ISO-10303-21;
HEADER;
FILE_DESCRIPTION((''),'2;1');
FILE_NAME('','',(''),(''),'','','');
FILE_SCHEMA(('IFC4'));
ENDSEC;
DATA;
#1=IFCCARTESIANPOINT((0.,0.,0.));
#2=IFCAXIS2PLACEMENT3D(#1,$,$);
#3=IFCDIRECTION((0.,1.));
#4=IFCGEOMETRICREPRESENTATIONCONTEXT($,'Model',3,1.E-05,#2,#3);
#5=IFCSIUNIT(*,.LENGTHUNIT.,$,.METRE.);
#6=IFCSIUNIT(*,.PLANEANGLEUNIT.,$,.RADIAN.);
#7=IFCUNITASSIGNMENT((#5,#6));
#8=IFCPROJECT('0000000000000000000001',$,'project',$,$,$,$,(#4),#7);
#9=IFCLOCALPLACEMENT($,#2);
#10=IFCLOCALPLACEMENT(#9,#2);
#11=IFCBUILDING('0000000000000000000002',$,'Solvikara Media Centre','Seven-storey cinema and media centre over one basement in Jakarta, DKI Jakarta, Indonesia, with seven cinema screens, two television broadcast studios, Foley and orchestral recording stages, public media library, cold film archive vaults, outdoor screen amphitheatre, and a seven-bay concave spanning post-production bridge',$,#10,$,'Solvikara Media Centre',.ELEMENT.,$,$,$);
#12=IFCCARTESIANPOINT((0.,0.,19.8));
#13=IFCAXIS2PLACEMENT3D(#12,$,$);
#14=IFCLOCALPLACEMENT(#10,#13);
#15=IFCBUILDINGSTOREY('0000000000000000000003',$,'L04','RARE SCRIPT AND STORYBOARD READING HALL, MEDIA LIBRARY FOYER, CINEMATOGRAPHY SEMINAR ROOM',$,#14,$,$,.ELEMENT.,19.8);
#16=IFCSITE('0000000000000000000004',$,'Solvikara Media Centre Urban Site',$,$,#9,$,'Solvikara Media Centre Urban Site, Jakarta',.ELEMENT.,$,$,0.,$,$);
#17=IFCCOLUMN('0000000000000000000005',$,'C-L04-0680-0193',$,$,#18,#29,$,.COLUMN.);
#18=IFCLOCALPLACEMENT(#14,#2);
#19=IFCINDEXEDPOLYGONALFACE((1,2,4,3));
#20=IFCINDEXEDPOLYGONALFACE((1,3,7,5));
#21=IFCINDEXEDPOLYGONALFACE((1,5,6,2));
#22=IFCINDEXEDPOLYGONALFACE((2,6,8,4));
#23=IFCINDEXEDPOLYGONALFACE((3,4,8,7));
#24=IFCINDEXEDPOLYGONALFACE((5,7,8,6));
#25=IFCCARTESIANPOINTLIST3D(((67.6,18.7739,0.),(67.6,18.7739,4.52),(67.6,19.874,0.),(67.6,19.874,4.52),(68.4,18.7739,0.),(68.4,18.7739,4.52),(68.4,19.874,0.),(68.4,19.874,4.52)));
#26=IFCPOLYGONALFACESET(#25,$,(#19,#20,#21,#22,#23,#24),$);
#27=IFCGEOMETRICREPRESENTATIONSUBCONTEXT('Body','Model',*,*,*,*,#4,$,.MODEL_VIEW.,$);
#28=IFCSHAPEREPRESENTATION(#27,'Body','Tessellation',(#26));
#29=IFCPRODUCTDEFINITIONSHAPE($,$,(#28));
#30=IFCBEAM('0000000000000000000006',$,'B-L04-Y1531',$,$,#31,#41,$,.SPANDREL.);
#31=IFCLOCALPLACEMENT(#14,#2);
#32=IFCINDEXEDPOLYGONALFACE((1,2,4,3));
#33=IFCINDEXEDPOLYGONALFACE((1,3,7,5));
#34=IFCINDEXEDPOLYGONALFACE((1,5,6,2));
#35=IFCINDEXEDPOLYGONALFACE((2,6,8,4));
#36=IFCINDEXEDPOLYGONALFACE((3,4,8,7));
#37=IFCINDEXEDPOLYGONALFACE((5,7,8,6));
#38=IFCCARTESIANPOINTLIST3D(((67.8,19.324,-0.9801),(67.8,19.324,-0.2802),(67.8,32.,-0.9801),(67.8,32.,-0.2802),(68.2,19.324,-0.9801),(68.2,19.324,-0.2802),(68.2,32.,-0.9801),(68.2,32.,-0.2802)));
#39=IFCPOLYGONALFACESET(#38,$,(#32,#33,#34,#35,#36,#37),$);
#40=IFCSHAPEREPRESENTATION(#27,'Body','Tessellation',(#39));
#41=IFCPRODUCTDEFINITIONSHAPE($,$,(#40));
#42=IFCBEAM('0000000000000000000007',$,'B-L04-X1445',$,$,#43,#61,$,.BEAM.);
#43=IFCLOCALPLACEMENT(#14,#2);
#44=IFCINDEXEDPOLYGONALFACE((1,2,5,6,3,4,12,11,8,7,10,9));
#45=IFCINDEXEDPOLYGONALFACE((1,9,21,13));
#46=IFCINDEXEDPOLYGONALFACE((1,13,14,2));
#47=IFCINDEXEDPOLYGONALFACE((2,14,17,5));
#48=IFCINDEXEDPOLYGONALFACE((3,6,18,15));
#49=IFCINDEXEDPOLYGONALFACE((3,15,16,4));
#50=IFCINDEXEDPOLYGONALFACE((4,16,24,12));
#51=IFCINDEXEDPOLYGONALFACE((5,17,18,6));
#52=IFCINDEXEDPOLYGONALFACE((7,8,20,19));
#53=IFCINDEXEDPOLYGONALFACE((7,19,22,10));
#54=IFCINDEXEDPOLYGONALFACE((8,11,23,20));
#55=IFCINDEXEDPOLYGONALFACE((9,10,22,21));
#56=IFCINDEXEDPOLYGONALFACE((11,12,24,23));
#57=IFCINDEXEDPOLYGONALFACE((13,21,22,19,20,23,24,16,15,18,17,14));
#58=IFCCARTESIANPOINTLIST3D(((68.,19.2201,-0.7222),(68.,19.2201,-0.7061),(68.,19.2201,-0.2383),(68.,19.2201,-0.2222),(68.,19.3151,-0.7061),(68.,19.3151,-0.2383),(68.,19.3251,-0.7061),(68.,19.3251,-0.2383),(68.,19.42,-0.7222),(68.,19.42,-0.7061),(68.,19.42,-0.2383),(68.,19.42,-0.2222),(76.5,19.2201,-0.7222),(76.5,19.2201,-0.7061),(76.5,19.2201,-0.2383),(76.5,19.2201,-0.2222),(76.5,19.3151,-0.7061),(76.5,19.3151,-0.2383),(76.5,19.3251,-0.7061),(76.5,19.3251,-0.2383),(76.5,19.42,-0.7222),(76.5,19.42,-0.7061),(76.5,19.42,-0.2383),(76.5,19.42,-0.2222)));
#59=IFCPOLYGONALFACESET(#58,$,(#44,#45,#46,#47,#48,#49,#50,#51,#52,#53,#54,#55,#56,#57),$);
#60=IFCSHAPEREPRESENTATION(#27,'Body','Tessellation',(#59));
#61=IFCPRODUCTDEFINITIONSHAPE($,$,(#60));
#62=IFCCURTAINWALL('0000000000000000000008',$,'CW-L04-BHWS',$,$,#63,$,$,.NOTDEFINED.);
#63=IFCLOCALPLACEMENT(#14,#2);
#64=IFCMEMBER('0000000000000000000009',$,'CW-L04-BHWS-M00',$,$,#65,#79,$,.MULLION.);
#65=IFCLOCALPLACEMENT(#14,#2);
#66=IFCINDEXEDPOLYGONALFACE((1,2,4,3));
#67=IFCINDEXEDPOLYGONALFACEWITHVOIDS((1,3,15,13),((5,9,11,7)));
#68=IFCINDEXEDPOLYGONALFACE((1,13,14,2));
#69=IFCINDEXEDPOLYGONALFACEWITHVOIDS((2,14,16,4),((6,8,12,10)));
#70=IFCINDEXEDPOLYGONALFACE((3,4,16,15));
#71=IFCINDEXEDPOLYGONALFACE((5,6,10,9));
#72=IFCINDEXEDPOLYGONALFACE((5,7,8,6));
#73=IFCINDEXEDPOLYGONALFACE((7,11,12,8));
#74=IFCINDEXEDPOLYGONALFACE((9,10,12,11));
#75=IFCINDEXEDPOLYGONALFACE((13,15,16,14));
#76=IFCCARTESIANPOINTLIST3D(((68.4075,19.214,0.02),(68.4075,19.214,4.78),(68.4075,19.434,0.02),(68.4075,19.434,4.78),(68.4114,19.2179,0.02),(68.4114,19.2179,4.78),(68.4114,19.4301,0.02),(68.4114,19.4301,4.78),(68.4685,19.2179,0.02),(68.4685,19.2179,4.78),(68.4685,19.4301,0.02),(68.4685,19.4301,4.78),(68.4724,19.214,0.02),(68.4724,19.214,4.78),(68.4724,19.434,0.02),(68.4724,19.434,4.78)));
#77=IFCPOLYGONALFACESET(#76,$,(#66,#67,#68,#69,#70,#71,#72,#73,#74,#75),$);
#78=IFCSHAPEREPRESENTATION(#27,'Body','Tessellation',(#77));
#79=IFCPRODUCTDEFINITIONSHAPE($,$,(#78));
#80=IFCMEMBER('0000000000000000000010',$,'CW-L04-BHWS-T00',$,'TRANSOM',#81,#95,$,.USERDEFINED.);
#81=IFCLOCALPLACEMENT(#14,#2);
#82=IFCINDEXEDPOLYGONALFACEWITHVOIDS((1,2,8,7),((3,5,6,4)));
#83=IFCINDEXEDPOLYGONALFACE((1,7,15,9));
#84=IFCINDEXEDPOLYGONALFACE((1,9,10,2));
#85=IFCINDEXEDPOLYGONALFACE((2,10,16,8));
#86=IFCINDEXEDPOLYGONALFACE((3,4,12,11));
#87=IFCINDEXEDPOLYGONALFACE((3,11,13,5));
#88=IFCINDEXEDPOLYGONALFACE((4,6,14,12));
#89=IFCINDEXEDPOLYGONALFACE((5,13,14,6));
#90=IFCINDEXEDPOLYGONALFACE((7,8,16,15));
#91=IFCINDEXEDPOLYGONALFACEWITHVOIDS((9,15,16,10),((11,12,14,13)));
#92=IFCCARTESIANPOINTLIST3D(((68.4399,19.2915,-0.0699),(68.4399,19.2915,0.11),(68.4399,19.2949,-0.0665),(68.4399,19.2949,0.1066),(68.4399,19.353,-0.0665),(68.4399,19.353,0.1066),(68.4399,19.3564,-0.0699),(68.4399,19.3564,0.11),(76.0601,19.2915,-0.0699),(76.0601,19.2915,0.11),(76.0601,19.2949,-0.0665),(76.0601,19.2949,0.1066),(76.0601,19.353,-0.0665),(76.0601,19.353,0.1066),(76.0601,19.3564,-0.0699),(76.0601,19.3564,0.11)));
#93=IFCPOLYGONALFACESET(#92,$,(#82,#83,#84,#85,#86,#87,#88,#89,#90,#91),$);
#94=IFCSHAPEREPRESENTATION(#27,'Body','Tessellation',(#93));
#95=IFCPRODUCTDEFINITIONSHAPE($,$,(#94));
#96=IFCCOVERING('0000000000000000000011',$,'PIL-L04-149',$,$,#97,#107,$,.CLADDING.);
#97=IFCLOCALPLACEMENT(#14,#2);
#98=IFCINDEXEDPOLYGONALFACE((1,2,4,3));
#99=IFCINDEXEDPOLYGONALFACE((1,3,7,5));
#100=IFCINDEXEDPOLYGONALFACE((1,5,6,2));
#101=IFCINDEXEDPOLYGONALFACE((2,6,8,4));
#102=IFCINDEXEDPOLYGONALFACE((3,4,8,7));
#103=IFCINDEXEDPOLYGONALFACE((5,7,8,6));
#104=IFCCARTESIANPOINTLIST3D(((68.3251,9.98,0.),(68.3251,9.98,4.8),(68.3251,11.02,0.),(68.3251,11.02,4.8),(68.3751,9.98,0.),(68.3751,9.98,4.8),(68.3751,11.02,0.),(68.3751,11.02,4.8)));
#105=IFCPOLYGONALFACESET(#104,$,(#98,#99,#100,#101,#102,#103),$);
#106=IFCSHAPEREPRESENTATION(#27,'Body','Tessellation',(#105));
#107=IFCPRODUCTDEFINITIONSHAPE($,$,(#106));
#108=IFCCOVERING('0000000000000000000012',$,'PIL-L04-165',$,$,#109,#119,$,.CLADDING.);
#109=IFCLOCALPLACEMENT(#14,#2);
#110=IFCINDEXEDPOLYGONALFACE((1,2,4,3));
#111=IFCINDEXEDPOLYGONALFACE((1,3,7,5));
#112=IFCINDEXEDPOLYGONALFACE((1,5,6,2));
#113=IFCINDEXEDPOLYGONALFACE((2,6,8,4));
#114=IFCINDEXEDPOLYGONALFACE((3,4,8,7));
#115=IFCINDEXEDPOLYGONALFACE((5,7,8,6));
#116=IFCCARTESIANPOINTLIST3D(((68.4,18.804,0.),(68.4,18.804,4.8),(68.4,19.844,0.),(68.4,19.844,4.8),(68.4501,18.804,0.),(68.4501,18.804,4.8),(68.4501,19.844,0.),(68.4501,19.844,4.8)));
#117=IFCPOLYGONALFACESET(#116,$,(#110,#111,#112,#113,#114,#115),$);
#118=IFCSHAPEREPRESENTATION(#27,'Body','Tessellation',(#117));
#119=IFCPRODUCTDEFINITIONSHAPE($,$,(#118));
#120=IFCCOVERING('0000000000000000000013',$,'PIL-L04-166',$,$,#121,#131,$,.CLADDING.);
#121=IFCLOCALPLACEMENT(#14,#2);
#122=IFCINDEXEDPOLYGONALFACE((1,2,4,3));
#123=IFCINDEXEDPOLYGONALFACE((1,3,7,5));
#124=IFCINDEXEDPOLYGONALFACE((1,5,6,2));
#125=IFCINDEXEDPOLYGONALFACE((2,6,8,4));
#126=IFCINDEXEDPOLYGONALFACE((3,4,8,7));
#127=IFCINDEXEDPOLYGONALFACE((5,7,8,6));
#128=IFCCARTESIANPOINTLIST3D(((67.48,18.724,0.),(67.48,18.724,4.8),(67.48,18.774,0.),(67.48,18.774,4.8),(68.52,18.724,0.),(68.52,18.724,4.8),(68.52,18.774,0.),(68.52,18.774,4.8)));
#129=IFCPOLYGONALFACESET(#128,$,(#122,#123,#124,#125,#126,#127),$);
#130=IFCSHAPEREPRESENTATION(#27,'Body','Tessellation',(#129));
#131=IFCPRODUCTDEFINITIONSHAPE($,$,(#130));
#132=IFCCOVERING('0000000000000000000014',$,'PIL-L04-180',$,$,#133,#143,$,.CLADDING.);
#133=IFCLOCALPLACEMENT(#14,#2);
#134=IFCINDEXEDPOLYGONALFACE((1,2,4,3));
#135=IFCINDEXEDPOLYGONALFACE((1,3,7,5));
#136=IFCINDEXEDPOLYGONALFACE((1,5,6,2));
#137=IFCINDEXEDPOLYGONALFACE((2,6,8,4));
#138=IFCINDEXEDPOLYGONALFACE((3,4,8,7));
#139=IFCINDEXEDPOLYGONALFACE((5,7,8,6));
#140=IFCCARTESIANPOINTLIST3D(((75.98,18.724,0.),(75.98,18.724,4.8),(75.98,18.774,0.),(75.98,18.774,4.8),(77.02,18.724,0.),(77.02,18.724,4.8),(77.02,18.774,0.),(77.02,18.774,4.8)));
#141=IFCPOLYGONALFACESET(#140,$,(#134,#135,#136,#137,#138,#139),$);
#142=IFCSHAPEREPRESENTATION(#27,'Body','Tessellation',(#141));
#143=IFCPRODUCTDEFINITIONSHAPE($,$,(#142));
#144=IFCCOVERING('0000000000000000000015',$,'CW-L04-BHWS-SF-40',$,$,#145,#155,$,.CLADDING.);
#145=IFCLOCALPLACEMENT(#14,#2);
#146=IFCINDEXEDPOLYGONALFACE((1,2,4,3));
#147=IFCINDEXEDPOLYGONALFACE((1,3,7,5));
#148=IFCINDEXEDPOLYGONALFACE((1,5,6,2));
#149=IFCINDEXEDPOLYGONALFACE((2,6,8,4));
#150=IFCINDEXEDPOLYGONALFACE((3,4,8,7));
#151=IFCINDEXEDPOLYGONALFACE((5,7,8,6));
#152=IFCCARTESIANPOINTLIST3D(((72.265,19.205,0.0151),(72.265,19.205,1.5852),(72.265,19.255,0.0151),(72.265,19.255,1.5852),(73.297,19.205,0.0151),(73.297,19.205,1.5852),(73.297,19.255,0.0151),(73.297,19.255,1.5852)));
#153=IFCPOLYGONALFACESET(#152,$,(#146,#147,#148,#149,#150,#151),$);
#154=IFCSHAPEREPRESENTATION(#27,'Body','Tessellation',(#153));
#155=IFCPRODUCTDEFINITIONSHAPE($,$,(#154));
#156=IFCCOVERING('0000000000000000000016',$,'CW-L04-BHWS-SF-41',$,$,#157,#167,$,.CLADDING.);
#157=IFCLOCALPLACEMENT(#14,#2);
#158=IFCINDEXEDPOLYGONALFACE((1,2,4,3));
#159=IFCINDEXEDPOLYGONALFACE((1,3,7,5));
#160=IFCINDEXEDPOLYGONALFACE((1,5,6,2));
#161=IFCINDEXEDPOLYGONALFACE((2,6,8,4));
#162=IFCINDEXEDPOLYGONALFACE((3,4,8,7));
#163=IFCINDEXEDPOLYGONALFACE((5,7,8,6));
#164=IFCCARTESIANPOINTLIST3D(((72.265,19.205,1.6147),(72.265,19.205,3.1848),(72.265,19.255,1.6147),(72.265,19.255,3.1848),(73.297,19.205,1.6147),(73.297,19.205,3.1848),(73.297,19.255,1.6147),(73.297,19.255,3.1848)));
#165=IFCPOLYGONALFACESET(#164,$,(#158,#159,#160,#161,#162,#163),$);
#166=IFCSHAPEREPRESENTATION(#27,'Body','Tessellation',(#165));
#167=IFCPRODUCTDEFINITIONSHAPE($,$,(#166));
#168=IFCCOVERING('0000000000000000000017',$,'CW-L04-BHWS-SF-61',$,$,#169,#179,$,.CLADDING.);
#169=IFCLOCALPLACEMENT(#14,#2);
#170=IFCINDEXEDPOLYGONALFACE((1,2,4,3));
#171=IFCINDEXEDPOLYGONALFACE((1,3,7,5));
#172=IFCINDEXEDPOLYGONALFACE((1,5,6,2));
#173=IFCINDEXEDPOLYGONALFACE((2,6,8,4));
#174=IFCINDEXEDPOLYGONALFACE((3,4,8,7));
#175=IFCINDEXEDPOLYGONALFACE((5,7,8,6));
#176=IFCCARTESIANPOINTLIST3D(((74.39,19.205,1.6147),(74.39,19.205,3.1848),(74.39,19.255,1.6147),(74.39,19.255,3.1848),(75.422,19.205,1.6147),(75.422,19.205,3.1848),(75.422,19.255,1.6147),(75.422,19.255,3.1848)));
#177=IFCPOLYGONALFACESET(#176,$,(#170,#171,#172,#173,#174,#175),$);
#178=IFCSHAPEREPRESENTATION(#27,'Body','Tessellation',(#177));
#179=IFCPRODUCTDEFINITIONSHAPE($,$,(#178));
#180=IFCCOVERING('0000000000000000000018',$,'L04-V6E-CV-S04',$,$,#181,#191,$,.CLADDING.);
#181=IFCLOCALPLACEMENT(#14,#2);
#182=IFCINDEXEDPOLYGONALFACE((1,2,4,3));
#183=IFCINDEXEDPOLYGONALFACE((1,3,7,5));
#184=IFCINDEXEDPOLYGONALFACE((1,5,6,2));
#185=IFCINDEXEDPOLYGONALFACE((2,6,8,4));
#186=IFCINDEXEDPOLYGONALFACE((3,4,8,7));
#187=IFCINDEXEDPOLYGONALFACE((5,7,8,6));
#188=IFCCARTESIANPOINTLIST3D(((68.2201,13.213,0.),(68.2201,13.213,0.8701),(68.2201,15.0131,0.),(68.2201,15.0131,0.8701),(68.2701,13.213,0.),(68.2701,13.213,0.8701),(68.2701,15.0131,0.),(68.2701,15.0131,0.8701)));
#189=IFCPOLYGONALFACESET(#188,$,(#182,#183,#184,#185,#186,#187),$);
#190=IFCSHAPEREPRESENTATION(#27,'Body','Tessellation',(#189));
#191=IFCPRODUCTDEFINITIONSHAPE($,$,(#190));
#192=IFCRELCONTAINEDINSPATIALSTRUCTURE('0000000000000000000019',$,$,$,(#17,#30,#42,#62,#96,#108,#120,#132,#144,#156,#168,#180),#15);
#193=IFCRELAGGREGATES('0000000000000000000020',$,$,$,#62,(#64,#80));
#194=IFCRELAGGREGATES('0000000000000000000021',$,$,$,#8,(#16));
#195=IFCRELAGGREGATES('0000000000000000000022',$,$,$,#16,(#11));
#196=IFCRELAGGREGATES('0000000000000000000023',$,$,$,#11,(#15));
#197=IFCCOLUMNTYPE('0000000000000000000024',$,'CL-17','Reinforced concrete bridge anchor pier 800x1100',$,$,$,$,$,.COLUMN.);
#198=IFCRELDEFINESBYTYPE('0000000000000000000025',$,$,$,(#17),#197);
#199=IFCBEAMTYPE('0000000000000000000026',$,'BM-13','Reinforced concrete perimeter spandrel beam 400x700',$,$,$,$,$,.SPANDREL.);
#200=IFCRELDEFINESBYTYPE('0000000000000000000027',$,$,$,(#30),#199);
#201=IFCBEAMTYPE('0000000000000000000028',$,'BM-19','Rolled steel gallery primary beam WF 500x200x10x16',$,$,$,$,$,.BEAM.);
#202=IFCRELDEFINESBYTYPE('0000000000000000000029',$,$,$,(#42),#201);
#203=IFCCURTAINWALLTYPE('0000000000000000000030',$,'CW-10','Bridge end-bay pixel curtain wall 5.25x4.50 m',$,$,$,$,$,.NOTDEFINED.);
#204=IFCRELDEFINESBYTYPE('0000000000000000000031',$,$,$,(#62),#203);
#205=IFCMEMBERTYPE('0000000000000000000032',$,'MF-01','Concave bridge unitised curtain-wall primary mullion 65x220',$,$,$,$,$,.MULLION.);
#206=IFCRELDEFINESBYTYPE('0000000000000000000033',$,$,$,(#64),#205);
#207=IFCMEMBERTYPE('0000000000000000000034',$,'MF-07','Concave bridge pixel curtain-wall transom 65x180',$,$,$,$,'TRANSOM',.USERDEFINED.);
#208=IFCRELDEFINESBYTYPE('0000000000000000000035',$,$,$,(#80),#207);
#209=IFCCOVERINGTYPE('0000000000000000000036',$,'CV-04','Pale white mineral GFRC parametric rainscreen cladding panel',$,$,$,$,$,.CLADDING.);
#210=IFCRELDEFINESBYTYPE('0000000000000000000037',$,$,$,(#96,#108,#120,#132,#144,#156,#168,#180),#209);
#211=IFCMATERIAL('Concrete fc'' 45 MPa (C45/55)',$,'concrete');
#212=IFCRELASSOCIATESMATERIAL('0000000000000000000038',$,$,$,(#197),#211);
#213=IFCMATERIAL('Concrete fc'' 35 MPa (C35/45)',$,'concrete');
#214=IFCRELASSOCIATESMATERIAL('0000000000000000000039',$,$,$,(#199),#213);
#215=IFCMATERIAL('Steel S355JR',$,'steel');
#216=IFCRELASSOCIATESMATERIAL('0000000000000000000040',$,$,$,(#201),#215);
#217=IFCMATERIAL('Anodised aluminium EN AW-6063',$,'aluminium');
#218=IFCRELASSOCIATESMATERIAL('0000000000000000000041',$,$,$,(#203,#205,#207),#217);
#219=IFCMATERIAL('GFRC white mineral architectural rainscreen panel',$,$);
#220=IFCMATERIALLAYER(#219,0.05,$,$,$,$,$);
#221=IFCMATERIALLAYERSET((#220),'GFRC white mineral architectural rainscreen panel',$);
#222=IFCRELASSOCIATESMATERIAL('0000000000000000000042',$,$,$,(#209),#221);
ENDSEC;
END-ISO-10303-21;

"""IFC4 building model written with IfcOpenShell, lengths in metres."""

from ifc_helpers import new_model, si_unit, direction, frame, origin, origin_2d, place, context, subcontext, project, spatial, rectangle, hollow_rectangle, i_section, extrude, material, layer, layer_set, material_profile, profile_set, type_object, element, aggregate, save


model = new_model("IFC4")

# Units and contexts
model_context = context("Model", 3, precision=1e-05, world=origin(), true_north=direction((0.0, 1.0)))
body_context = subcontext(model_context, "Body", "Model", "MODEL_VIEW")
ifc_project = project(units=[si_unit("LENGTHUNIT", "METRE"), si_unit("PLANEANGLEUNIT", "RADIAN")], contexts=[model_context])

# Site, building, storey
site_placement = place(None, origin())
site = spatial("IfcSite", under=ifc_project, at=site_placement, Name="Solvikara Media Centre Urban Site", LongName="Solvikara Media Centre Urban Site, Jakarta", CompositionType="ELEMENT", RefElevation=0.0)
building_placement = place(site_placement, origin())
building = spatial("IfcBuilding", under=site, at=building_placement, Name="Solvikara Media Centre", Description="Seven-storey cinema and media centre over one basement in Jakarta, DKI Jakarta, Indonesia, with seven cinema screens, two television broadcast studios, Foley and orchestral recording stages, public media library, cold film archive vaults, outdoor screen amphitheatre, and a seven-bay concave spanning post-production bridge", LongName="Solvikara Media Centre", CompositionType="ELEMENT")
storey_placement = place(building_placement, frame((0.0, 0.0, 19.8)))
storey = spatial("IfcBuildingStorey", under=building, at=storey_placement, Name="L04", Description="RARE SCRIPT AND STORYBOARD READING HALL, MEDIA LIBRARY FOYER, CINEMATOGRAPHY SEMINAR ROOM", CompositionType="ELEMENT", Elevation=19.8)

# Column
ifc_material_1 = material(Name="Concrete fc' 45 MPa (C45/55)", Category="concrete")
ifc_material_profile_1 = material_profile(ifc_material_1, rectangle(XDim=0.8, YDim=1.1001, at=origin_2d()), Name="RC 800x1100")
ifc_profile_set_1 = profile_set([ifc_material_profile_1], Name="Concrete fc' 45 MPa (C45/55)")
column_type = type_object("IfcColumnType", Name="CL-17", Description="Reinforced concrete bridge anchor pier 800x1100", PredefinedType="COLUMN", material=ifc_profile_set_1)
column_placement = place(storey_placement, frame((68.0, 19.324, 0.0), z_axis=(0.0, 0.0, 1.0), x_axis=(1.0, 0.0, 0.0)))
element("IfcColumn", 1, at=column_placement, inside=storey, type_object=column_type, Name="C-L04-0680-0193", PredefinedType="COLUMN", context=body_context, shape_type="SweptSolid", body=[
    extrude(rectangle(XDim=0.8, YDim=1.1001, at=origin_2d()), origin(), (0.0, 0.0, 1.0), 4.52),
])

# Beams
ifc_material_2 = material(Name="Concrete fc' 35 MPa (C35/45)", Category="concrete")
ifc_material_profile_2 = material_profile(ifc_material_2, rectangle(XDim=0.3999, YDim=0.7, at=origin_2d()), Name="RC 400x700")
ifc_profile_set_2 = profile_set([ifc_material_profile_2], Name="Concrete fc' 35 MPa (C35/45)")
beam_type_1 = type_object("IfcBeamType", Name="BM-13", Description="Reinforced concrete perimeter spandrel beam 400x700", PredefinedType="SPANDREL", material=ifc_profile_set_2)
beam_1_placement = place(storey_placement, frame((68.0, 19.324, -0.6301), z_axis=(0.0, 1.0, 0.0), x_axis=(-1.0, 0.0, 0.0)))
element("IfcBeam", 2, at=beam_1_placement, inside=storey, type_object=beam_type_1, Name="B-L04-Y1531", PredefinedType="SPANDREL", context=body_context, shape_type="SweptSolid", body=[
    extrude(rectangle(XDim=0.3999, YDim=0.7, at=origin_2d()), origin(), (0.0, 0.0, 1.0), 12.676),
])
ifc_material_3 = material(Name="Steel S355JR", Category="steel")
ifc_material_profile_3 = material_profile(ifc_material_3, i_section(OverallWidth=0.2, OverallDepth=0.5, WebThickness=0.01, FlangeThickness=0.0161, at=origin_2d()), Name="WF 500x200x10x16")
ifc_profile_set_3 = profile_set([ifc_material_profile_3], Name="Steel S355JR")
beam_type_2 = type_object("IfcBeamType", Name="BM-19", Description="Rolled steel gallery primary beam WF 500x200x10x16", PredefinedType="BEAM", material=ifc_profile_set_3)
beam_2_placement = place(storey_placement, frame((68.0, 19.3201, -0.4722), z_axis=(1.0, 0.0, 0.0), x_axis=(0.0, 1.0, 0.0)))
element("IfcBeam", 3, at=beam_2_placement, inside=storey, type_object=beam_type_2, Name="B-L04-X1445", PredefinedType="BEAM", context=body_context, shape_type="SweptSolid", body=[
    extrude(i_section(OverallWidth=0.2, OverallDepth=0.5, WebThickness=0.01, FlangeThickness=0.0161, at=origin_2d()), origin(), (0.0, 0.0, 1.0), 8.5),
])

# Curtain wall, members
ifc_material_4 = material(Name="Anodised aluminium EN AW-6063", Category="aluminium")
curtain_wall_type = type_object("IfcCurtainWallType", Name="CW-10", Description="Bridge end-bay pixel curtain wall 5.25x4.50 m", PredefinedType="NOTDEFINED", material=ifc_material_4)
curtain_wall_placement = place(storey_placement, origin())
curtain_wall = element("IfcCurtainWall", 4, at=curtain_wall_placement, inside=storey, type_object=curtain_wall_type, Name="CW-L04-BHWS", PredefinedType="NOTDEFINED")
ifc_material_profile_4 = material_profile(ifc_material_4, hollow_rectangle(XDim=0.0649, YDim=0.22, WallThickness=0.0039, at=origin_2d()), Name="ALU-M 65x220x4")
ifc_profile_set_4 = profile_set([ifc_material_profile_4], Name="Anodised aluminium EN AW-6063")
member_type_1 = type_object("IfcMemberType", Name="MF-01", Description="Concave bridge unitised curtain-wall primary mullion 65x220", PredefinedType="MULLION", material=ifc_profile_set_4)
member_1_placement = place(storey_placement, frame((68.4399, 19.324, 0.02), z_axis=(0.0, 0.0, 1.0), x_axis=(1.0, 0.0, 0.0)))
member_1 = element("IfcMember", 5, at=member_1_placement, type_object=member_type_1, Name="CW-L04-BHWS-M00", PredefinedType="MULLION", context=body_context, shape_type="SweptSolid", body=[
    extrude(hollow_rectangle(XDim=0.0649, YDim=0.22, WallThickness=0.0039, at=origin_2d()), origin(), (0.0, 0.0, 1.0), 4.76),
])
ifc_material_profile_5 = material_profile(ifc_material_4, hollow_rectangle(XDim=0.0649, YDim=0.1799, WallThickness=0.0034, at=origin_2d()), Name="ALU-T 65x180x3.5")
ifc_profile_set_5 = profile_set([ifc_material_profile_5], Name="Anodised aluminium EN AW-6063")
member_type_2 = type_object("IfcMemberType", Name="MF-07", Description="Concave bridge pixel curtain-wall transom 65x180", ElementType="TRANSOM", PredefinedType="USERDEFINED", material=ifc_profile_set_5)
member_2_placement = place(storey_placement, frame((68.4399, 19.324, 0.02), z_axis=(1.0, 0.0, 0.0), x_axis=(0.0, 1.0, 0.0)))
member_2 = element("IfcMember", 6, at=member_2_placement, type_object=member_type_2, Name="CW-L04-BHWS-T00", ObjectType="TRANSOM", PredefinedType="USERDEFINED", context=body_context, shape_type="SweptSolid", body=[
    extrude(hollow_rectangle(XDim=0.0649, YDim=0.1799, WallThickness=0.0034, at=origin_2d()), origin(), (0.0, 0.0, 1.0), 7.6201),
])
aggregate(curtain_wall, [member_1, member_2])

# Coverings
ifc_material_5 = material(Name="GFRC white mineral architectural rainscreen panel")
ifc_layer_1 = layer(ifc_material_5, 0.05)
ifc_layer_set_1 = layer_set([ifc_layer_1], Name="GFRC white mineral architectural rainscreen panel")
covering_type_1 = type_object("IfcCoveringType", Name="CV-04", Description="Pale white mineral GFRC parametric rainscreen cladding panel", PredefinedType="CLADDING", material=ifc_layer_set_1)
for number, where, z_axis, x_axis, name in (
    (7, (68.3501, 10.5, 0.0), (0.0, 0.0, 1.0), (0.0, 1.0, 0.0), "PIL-L04-149"),
    (8, (68.425, 19.324, 0.0), (0.0, 0.0, 1.0), (0.0, 1.0, 0.0), "PIL-L04-165"),
    (9, (68.0, 18.749, 0.0), (0.0, 0.0, 1.0), (1.0, 0.0, 0.0), "PIL-L04-166"),
    (10, (76.5, 18.749, 0.0), (0.0, 0.0, 1.0), (1.0, 0.0, 0.0), "PIL-L04-180"),
):
    element("IfcCovering", number, at=place(storey_placement, frame(where, z_axis=z_axis, x_axis=x_axis)), inside=storey, type_object=covering_type_1, Name=name, PredefinedType="CLADDING", context=body_context, shape_type="SweptSolid", body=[
        extrude(rectangle(XDim=1.04, YDim=0.05, at=origin_2d()), origin(), (0.0, 0.0, 1.0), 4.8),
    ])
for number, where, z_axis, x_axis, name in (
    (11, (72.781, 19.23, 0.0151), (0.0, 0.0, 1.0), (1.0, 0.0, 0.0), "CW-L04-BHWS-SF-40"),
    (12, (72.781, 19.23, 1.6147), (0.0, 0.0, 1.0), (1.0, 0.0, 0.0), "CW-L04-BHWS-SF-41"),
    (13, (74.906, 19.23, 1.6147), (0.0, 0.0, 1.0), (1.0, 0.0, 0.0), "CW-L04-BHWS-SF-61"),
):
    element("IfcCovering", number, at=place(storey_placement, frame(where, z_axis=z_axis, x_axis=x_axis)), inside=storey, type_object=covering_type_1, Name=name, PredefinedType="CLADDING", context=body_context, shape_type="SweptSolid", body=[
        extrude(rectangle(XDim=1.032, YDim=0.05, at=origin_2d()), origin(), (0.0, 0.0, 1.0), 1.5701),
    ])
covering_1_placement = place(storey_placement, frame((68.2451, 14.113, 0.0), z_axis=(0.0, 0.0, 1.0), x_axis=(0.0, 1.0, 0.0)))
element("IfcCovering", 14, at=covering_1_placement, inside=storey, type_object=covering_type_1, Name="L04-V6E-CV-S04", PredefinedType="CLADDING", context=body_context, shape_type="SweptSolid", body=[
    extrude(rectangle(XDim=1.8, YDim=0.05, at=origin_2d()), origin(), (0.0, 0.0, 1.0), 0.8701),
])

save(model, "model.ifc")
